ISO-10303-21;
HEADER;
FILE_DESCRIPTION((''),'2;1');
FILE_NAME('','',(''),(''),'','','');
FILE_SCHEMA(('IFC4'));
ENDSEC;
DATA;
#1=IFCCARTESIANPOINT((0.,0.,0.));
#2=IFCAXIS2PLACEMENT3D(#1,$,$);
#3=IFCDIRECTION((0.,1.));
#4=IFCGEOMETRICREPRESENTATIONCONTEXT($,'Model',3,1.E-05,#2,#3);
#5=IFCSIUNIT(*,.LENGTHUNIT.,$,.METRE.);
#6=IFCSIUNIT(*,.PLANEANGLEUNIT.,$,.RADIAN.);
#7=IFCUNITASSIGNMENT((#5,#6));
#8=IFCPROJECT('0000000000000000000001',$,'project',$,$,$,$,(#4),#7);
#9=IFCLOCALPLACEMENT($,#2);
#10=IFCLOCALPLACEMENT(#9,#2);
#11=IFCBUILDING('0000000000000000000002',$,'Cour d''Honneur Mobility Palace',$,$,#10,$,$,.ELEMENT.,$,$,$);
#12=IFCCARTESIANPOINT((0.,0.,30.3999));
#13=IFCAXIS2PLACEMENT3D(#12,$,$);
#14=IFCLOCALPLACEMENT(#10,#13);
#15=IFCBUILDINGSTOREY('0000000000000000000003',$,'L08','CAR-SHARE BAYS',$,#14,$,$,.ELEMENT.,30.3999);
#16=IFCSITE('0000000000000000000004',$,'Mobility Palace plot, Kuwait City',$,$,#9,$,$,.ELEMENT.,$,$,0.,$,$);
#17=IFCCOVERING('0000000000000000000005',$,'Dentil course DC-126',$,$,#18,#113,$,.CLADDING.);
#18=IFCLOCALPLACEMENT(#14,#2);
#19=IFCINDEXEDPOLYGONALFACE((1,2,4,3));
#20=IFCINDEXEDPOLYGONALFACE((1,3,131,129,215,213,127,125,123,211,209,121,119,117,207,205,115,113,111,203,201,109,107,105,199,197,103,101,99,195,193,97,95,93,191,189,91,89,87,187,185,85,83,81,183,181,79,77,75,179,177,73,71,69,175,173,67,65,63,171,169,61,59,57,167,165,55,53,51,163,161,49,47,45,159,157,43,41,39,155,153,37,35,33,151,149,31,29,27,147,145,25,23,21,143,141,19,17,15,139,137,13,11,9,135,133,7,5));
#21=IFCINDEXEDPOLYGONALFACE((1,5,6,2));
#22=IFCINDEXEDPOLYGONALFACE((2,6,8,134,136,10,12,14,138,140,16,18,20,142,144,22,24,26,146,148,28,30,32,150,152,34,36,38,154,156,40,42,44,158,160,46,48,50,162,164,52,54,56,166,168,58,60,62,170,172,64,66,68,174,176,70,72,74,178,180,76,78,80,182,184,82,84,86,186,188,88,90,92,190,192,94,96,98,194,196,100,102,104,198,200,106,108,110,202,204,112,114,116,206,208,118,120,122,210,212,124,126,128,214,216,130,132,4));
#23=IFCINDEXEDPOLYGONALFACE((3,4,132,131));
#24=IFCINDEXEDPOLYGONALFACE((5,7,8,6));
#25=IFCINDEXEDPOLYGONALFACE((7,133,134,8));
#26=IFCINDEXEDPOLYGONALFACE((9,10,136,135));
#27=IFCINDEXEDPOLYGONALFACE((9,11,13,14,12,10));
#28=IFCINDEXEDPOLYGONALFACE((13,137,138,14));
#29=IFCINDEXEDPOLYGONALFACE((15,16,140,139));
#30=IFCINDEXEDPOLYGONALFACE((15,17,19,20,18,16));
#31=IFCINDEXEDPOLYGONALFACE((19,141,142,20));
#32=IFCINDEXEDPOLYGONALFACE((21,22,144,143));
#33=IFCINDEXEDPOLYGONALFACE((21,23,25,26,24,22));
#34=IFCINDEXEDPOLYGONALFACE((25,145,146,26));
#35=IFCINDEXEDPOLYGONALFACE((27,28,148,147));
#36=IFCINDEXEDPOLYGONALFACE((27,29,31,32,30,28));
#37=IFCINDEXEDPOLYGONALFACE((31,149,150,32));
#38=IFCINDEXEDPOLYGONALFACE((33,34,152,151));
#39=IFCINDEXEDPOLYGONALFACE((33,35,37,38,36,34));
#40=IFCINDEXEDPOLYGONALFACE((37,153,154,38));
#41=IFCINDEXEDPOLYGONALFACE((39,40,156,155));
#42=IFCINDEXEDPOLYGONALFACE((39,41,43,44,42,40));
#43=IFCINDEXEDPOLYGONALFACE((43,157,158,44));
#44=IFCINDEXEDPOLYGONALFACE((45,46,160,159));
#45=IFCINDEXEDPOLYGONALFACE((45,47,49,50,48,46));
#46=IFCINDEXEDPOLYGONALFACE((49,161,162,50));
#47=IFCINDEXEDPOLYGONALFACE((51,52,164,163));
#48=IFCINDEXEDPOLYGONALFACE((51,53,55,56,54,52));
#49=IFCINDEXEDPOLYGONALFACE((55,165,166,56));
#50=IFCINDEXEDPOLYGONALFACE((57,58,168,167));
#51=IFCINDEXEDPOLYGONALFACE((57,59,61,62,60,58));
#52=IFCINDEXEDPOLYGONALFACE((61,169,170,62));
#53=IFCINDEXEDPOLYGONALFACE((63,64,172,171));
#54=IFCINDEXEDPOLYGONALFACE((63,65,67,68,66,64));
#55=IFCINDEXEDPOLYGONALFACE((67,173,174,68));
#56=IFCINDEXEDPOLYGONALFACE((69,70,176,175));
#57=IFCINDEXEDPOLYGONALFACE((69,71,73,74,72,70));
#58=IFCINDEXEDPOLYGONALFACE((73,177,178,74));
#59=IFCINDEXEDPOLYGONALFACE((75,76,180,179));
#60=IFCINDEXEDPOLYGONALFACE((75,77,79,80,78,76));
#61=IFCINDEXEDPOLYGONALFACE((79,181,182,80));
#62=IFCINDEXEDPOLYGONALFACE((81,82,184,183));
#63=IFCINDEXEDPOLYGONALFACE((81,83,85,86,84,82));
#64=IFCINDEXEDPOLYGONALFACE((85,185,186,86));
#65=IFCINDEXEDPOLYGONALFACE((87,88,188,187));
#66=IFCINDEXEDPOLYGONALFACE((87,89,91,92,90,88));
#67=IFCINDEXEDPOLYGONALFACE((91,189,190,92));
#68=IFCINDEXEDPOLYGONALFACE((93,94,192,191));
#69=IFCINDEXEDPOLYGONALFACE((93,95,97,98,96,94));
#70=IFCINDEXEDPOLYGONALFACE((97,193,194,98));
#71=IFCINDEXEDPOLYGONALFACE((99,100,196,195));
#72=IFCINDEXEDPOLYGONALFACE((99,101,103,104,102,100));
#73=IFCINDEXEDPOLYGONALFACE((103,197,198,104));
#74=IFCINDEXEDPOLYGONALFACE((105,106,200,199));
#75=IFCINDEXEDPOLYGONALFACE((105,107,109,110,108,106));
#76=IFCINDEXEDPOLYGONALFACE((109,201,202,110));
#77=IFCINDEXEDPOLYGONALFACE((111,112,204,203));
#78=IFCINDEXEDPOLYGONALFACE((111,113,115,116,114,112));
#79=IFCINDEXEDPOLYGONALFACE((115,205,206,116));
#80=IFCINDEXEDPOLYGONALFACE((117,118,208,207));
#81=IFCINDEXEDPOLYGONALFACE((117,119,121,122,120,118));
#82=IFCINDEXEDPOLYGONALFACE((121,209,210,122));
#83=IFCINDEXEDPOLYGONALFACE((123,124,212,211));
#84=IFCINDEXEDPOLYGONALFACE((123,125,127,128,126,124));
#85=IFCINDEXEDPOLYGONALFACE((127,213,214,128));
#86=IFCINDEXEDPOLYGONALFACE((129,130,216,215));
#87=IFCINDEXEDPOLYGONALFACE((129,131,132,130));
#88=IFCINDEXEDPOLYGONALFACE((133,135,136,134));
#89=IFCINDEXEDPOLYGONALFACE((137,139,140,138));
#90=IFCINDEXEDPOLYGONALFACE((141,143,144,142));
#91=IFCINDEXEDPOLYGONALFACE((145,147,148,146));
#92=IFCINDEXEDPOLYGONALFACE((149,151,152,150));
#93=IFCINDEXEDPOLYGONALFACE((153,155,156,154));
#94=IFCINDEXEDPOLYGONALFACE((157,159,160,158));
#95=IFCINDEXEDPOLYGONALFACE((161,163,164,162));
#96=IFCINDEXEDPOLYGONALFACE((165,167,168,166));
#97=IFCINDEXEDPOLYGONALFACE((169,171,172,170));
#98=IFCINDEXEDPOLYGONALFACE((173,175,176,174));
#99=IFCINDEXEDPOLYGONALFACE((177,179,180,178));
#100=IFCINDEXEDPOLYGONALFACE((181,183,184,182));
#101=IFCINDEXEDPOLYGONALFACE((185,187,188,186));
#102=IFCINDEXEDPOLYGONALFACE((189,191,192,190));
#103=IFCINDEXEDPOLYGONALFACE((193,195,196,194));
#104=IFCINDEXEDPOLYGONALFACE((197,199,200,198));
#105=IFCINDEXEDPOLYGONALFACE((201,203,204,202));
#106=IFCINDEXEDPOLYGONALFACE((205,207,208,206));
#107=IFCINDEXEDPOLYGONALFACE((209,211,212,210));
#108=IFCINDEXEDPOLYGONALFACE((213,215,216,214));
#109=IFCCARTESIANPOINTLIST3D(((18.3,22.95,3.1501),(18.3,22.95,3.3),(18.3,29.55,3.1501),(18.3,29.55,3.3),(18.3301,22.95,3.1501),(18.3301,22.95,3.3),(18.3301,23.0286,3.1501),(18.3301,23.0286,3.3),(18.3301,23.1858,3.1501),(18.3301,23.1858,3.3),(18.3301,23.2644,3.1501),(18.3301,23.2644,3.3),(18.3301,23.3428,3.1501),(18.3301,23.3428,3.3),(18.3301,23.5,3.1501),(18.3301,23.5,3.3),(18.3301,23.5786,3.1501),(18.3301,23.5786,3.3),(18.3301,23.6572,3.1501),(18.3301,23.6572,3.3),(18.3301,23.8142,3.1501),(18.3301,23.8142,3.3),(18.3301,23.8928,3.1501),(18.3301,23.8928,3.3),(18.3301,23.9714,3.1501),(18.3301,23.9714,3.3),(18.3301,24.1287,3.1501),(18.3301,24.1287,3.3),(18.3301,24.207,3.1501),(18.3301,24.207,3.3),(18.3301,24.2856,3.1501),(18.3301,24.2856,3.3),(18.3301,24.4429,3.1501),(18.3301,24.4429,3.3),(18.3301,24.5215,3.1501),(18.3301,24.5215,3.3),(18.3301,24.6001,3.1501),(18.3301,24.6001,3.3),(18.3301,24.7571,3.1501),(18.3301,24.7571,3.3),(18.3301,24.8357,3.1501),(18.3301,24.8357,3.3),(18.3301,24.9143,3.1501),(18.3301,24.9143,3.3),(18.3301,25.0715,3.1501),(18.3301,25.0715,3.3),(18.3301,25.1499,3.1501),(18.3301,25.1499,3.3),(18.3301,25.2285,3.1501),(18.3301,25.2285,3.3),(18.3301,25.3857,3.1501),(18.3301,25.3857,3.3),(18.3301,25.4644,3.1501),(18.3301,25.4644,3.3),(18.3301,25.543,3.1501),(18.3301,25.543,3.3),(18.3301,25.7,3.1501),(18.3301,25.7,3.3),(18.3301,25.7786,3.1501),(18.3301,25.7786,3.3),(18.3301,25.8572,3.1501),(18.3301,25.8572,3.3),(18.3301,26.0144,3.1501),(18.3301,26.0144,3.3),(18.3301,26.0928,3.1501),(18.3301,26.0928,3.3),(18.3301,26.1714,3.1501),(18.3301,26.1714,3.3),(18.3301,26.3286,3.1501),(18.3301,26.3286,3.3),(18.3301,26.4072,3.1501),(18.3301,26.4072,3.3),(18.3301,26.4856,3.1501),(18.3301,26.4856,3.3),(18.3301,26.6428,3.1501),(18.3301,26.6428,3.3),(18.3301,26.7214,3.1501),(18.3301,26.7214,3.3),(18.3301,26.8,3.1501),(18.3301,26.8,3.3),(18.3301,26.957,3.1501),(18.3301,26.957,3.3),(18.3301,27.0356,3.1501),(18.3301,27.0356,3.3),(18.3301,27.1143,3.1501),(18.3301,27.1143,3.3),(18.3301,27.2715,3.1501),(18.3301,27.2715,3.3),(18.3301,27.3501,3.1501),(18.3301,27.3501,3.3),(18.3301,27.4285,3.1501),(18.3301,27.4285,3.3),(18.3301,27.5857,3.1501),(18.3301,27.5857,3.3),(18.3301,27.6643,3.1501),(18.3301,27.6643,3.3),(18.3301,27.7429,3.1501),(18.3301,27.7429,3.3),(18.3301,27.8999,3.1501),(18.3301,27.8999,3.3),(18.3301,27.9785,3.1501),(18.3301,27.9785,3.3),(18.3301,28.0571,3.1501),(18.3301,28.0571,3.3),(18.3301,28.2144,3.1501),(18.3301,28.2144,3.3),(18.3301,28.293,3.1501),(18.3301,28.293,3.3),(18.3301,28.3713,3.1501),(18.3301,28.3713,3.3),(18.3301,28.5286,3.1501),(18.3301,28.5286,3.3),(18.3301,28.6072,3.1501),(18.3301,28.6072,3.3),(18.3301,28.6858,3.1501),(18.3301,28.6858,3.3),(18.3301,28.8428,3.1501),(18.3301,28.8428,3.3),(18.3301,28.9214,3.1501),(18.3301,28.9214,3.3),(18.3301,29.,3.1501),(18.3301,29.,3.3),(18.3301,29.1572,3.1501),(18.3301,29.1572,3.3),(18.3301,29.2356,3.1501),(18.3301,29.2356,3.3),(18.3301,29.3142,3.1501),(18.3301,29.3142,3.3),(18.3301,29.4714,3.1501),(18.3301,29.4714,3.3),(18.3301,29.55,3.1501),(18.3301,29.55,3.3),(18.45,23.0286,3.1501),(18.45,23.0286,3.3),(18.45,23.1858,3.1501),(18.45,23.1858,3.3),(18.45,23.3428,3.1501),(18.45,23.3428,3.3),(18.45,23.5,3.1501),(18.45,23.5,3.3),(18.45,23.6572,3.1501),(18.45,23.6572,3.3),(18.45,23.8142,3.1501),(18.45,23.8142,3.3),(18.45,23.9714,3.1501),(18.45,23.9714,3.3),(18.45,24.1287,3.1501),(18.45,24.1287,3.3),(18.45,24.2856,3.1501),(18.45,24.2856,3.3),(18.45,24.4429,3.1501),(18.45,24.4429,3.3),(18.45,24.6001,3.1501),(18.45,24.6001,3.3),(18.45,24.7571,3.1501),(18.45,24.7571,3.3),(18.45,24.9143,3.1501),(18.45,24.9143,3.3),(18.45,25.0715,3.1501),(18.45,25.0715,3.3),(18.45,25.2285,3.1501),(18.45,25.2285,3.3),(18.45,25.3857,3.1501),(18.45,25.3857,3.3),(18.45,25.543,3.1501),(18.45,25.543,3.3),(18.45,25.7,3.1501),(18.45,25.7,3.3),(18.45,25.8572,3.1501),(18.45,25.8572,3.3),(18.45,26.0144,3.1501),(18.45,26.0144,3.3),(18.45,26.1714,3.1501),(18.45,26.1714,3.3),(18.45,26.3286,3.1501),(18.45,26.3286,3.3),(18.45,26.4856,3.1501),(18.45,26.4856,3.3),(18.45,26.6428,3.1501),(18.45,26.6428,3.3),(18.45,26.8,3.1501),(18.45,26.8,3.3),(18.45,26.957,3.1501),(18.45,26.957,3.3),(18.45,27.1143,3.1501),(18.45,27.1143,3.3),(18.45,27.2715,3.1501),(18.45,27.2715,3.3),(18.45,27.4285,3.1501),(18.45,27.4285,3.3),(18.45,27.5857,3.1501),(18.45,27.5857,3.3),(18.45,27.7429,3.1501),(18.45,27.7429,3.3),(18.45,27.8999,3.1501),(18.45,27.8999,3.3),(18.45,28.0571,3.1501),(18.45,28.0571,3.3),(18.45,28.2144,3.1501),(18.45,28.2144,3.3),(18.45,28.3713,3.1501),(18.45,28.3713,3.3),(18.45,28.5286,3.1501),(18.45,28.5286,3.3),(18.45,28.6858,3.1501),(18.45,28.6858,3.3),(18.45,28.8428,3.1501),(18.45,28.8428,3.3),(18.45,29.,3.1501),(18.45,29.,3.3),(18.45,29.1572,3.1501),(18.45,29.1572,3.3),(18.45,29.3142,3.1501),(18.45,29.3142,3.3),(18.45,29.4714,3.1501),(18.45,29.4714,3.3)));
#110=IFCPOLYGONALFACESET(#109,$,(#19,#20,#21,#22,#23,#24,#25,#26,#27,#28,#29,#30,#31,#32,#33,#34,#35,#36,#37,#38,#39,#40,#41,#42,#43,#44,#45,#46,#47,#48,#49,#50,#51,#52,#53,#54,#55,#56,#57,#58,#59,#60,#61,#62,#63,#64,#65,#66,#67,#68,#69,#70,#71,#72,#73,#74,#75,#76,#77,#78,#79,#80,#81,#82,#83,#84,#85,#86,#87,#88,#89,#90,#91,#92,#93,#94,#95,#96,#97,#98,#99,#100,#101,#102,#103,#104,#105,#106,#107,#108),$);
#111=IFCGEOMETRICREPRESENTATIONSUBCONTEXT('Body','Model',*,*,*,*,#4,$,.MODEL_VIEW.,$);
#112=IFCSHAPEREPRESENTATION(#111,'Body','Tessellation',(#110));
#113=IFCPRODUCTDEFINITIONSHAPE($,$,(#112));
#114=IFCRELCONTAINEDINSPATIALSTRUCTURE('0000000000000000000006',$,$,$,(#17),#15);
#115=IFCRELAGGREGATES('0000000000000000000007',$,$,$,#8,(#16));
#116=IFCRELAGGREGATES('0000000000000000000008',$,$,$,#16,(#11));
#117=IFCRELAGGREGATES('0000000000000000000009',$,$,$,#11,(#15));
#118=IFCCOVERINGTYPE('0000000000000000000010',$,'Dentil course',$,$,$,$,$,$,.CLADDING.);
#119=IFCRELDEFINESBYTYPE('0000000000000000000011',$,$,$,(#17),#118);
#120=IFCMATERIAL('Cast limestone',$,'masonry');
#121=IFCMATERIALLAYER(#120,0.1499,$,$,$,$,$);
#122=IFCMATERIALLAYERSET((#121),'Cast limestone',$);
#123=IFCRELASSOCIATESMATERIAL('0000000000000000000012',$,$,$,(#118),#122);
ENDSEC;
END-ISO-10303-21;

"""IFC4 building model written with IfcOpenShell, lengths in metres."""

from ifc_helpers import new_model, si_unit, direction, frame, origin, place, context, subcontext, project, spatial, polyline, outline, extrude, material, layer, layer_set, type_object, element, save


model = new_model("IFC4")

# Units and contexts
model_context = context("Model", 3, precision=1e-05, world=origin(), true_north=direction((0.0, 1.0)))
body_context = subcontext(model_context, "Body", "Model", "MODEL_VIEW")
ifc_project = project(units=[si_unit("LENGTHUNIT", "METRE"), si_unit("PLANEANGLEUNIT", "RADIAN")], contexts=[model_context])

# Site, building, storey
site_placement = place(None, origin())
site = spatial("IfcSite", under=ifc_project, at=site_placement, Name="Mobility Palace plot, Kuwait City", CompositionType="ELEMENT", RefElevation=0.0)
building_placement = place(site_placement, origin())
building = spatial("IfcBuilding", under=site, at=building_placement, Name="Cour d'Honneur Mobility Palace", CompositionType="ELEMENT")
storey_placement = place(building_placement, frame((0.0, 0.0, 30.3999)))
storey = spatial("IfcBuildingStorey", under=building, at=storey_placement, Name="L08", Description="CAR-SHARE BAYS", CompositionType="ELEMENT", Elevation=30.3999)

# Covering
ifc_material_1 = material(Name="Cast limestone", Category="masonry")
ifc_layer_1 = layer(ifc_material_1, 0.1499)
ifc_layer_set_1 = layer_set([ifc_layer_1], Name="Cast limestone")
covering_type_1 = type_object("IfcCoveringType", Name="Dentil course", PredefinedType="CLADDING", material=ifc_layer_set_1)
covering_1_placement = place(storey_placement, frame((0.0, 0.0, 3.1501)))
element("IfcCovering", 1, at=covering_1_placement, inside=storey, type_object=covering_type_1, Name="Dentil course DC-126", PredefinedType="CLADDING", context=body_context, shape_type="SweptSolid", body=[
    extrude(outline(polyline([(18.3, 22.95), (18.3, 29.55), (18.3301, 29.55), (18.3301, 29.55), (18.3301, 29.4714), (18.45, 29.4714), (18.45, 29.3142), (18.3301, 29.3142), (18.3301, 29.2356), (18.3301, 29.2356), (18.3301, 29.1572), (18.45, 29.1572), (18.45, 29.0), (18.3301, 29.0), (18.3301, 28.9214), (18.3301, 28.9214), (18.3301, 28.8428), (18.45, 28.8428), (18.45, 28.6858), (18.3301, 28.6858), (18.3301, 28.6072), (18.3301, 28.6072), (18.3301, 28.5286), (18.45, 28.5286), (18.45, 28.3713), (18.3301, 28.3713), (18.3301, 28.293), (18.3301, 28.293), (18.3301, 28.2144), (18.45, 28.2144), (18.45, 28.0571), (18.3301, 28.0571), (18.3301, 27.9785), (18.3301, 27.9785), (18.3301, 27.8999), (18.45, 27.8999), (18.45, 27.7429), (18.3301, 27.7429), (18.3301, 27.6643), (18.3301, 27.6643), (18.3301, 27.5857), (18.45, 27.5857), (18.45, 27.4285), (18.3301, 27.4285), (18.3301, 27.3501), (18.3301, 27.3501), (18.3301, 27.2715), (18.45, 27.2715), (18.45, 27.1143), (18.3301, 27.1143), (18.3301, 27.0356), (18.3301, 27.0356), (18.3301, 26.957), (18.45, 26.957), (18.45, 26.8), (18.3301, 26.8), (18.3301, 26.7214), (18.3301, 26.7214), (18.3301, 26.6428), (18.45, 26.6428), (18.45, 26.4856), (18.3301, 26.4856), (18.3301, 26.4072), (18.3301, 26.4072), (18.3301, 26.3286), (18.45, 26.3286), (18.45, 26.1714), (18.3301, 26.1714), (18.3301, 26.0928), (18.3301, 26.0928), (18.3301, 26.0144), (18.45, 26.0144), (18.45, 25.8572), (18.3301, 25.8572), (18.3301, 25.7786), (18.3301, 25.7786), (18.3301, 25.7), (18.45, 25.7), (18.45, 25.543), (18.3301, 25.543), (18.3301, 25.4644), (18.3301, 25.4644), (18.3301, 25.3857), (18.45, 25.3857), (18.45, 25.2285), (18.3301, 25.2285), (18.3301, 25.1499), (18.3301, 25.1499), (18.3301, 25.0715), (18.45, 25.0715), (18.45, 24.9143), (18.3301, 24.9143), (18.3301, 24.8357), (18.3301, 24.8357), (18.3301, 24.7571), (18.45, 24.7571), (18.45, 24.6001), (18.3301, 24.6001), (18.3301, 24.5215), (18.3301, 24.5215), (18.3301, 24.4429), (18.45, 24.4429), (18.45, 24.2856), (18.3301, 24.2856), (18.3301, 24.207), (18.3301, 24.207), (18.3301, 24.1287), (18.45, 24.1287), (18.45, 23.9714), (18.3301, 23.9714), (18.3301, 23.8928), (18.3301, 23.8928), (18.3301, 23.8142), (18.45, 23.8142), (18.45, 23.6572), (18.3301, 23.6572), (18.3301, 23.5786), (18.3301, 23.5786), (18.3301, 23.5), (18.45, 23.5), (18.45, 23.3428), (18.3301, 23.3428), (18.3301, 23.2644), (18.3301, 23.2644), (18.3301, 23.1858), (18.45, 23.1858), (18.45, 23.0286), (18.3301, 23.0286), (18.3301, 22.95), (18.3, 22.95)])), origin(), (0.0, 0.0, 1.0), 0.1499),
])

save(model, "model.ifc")
